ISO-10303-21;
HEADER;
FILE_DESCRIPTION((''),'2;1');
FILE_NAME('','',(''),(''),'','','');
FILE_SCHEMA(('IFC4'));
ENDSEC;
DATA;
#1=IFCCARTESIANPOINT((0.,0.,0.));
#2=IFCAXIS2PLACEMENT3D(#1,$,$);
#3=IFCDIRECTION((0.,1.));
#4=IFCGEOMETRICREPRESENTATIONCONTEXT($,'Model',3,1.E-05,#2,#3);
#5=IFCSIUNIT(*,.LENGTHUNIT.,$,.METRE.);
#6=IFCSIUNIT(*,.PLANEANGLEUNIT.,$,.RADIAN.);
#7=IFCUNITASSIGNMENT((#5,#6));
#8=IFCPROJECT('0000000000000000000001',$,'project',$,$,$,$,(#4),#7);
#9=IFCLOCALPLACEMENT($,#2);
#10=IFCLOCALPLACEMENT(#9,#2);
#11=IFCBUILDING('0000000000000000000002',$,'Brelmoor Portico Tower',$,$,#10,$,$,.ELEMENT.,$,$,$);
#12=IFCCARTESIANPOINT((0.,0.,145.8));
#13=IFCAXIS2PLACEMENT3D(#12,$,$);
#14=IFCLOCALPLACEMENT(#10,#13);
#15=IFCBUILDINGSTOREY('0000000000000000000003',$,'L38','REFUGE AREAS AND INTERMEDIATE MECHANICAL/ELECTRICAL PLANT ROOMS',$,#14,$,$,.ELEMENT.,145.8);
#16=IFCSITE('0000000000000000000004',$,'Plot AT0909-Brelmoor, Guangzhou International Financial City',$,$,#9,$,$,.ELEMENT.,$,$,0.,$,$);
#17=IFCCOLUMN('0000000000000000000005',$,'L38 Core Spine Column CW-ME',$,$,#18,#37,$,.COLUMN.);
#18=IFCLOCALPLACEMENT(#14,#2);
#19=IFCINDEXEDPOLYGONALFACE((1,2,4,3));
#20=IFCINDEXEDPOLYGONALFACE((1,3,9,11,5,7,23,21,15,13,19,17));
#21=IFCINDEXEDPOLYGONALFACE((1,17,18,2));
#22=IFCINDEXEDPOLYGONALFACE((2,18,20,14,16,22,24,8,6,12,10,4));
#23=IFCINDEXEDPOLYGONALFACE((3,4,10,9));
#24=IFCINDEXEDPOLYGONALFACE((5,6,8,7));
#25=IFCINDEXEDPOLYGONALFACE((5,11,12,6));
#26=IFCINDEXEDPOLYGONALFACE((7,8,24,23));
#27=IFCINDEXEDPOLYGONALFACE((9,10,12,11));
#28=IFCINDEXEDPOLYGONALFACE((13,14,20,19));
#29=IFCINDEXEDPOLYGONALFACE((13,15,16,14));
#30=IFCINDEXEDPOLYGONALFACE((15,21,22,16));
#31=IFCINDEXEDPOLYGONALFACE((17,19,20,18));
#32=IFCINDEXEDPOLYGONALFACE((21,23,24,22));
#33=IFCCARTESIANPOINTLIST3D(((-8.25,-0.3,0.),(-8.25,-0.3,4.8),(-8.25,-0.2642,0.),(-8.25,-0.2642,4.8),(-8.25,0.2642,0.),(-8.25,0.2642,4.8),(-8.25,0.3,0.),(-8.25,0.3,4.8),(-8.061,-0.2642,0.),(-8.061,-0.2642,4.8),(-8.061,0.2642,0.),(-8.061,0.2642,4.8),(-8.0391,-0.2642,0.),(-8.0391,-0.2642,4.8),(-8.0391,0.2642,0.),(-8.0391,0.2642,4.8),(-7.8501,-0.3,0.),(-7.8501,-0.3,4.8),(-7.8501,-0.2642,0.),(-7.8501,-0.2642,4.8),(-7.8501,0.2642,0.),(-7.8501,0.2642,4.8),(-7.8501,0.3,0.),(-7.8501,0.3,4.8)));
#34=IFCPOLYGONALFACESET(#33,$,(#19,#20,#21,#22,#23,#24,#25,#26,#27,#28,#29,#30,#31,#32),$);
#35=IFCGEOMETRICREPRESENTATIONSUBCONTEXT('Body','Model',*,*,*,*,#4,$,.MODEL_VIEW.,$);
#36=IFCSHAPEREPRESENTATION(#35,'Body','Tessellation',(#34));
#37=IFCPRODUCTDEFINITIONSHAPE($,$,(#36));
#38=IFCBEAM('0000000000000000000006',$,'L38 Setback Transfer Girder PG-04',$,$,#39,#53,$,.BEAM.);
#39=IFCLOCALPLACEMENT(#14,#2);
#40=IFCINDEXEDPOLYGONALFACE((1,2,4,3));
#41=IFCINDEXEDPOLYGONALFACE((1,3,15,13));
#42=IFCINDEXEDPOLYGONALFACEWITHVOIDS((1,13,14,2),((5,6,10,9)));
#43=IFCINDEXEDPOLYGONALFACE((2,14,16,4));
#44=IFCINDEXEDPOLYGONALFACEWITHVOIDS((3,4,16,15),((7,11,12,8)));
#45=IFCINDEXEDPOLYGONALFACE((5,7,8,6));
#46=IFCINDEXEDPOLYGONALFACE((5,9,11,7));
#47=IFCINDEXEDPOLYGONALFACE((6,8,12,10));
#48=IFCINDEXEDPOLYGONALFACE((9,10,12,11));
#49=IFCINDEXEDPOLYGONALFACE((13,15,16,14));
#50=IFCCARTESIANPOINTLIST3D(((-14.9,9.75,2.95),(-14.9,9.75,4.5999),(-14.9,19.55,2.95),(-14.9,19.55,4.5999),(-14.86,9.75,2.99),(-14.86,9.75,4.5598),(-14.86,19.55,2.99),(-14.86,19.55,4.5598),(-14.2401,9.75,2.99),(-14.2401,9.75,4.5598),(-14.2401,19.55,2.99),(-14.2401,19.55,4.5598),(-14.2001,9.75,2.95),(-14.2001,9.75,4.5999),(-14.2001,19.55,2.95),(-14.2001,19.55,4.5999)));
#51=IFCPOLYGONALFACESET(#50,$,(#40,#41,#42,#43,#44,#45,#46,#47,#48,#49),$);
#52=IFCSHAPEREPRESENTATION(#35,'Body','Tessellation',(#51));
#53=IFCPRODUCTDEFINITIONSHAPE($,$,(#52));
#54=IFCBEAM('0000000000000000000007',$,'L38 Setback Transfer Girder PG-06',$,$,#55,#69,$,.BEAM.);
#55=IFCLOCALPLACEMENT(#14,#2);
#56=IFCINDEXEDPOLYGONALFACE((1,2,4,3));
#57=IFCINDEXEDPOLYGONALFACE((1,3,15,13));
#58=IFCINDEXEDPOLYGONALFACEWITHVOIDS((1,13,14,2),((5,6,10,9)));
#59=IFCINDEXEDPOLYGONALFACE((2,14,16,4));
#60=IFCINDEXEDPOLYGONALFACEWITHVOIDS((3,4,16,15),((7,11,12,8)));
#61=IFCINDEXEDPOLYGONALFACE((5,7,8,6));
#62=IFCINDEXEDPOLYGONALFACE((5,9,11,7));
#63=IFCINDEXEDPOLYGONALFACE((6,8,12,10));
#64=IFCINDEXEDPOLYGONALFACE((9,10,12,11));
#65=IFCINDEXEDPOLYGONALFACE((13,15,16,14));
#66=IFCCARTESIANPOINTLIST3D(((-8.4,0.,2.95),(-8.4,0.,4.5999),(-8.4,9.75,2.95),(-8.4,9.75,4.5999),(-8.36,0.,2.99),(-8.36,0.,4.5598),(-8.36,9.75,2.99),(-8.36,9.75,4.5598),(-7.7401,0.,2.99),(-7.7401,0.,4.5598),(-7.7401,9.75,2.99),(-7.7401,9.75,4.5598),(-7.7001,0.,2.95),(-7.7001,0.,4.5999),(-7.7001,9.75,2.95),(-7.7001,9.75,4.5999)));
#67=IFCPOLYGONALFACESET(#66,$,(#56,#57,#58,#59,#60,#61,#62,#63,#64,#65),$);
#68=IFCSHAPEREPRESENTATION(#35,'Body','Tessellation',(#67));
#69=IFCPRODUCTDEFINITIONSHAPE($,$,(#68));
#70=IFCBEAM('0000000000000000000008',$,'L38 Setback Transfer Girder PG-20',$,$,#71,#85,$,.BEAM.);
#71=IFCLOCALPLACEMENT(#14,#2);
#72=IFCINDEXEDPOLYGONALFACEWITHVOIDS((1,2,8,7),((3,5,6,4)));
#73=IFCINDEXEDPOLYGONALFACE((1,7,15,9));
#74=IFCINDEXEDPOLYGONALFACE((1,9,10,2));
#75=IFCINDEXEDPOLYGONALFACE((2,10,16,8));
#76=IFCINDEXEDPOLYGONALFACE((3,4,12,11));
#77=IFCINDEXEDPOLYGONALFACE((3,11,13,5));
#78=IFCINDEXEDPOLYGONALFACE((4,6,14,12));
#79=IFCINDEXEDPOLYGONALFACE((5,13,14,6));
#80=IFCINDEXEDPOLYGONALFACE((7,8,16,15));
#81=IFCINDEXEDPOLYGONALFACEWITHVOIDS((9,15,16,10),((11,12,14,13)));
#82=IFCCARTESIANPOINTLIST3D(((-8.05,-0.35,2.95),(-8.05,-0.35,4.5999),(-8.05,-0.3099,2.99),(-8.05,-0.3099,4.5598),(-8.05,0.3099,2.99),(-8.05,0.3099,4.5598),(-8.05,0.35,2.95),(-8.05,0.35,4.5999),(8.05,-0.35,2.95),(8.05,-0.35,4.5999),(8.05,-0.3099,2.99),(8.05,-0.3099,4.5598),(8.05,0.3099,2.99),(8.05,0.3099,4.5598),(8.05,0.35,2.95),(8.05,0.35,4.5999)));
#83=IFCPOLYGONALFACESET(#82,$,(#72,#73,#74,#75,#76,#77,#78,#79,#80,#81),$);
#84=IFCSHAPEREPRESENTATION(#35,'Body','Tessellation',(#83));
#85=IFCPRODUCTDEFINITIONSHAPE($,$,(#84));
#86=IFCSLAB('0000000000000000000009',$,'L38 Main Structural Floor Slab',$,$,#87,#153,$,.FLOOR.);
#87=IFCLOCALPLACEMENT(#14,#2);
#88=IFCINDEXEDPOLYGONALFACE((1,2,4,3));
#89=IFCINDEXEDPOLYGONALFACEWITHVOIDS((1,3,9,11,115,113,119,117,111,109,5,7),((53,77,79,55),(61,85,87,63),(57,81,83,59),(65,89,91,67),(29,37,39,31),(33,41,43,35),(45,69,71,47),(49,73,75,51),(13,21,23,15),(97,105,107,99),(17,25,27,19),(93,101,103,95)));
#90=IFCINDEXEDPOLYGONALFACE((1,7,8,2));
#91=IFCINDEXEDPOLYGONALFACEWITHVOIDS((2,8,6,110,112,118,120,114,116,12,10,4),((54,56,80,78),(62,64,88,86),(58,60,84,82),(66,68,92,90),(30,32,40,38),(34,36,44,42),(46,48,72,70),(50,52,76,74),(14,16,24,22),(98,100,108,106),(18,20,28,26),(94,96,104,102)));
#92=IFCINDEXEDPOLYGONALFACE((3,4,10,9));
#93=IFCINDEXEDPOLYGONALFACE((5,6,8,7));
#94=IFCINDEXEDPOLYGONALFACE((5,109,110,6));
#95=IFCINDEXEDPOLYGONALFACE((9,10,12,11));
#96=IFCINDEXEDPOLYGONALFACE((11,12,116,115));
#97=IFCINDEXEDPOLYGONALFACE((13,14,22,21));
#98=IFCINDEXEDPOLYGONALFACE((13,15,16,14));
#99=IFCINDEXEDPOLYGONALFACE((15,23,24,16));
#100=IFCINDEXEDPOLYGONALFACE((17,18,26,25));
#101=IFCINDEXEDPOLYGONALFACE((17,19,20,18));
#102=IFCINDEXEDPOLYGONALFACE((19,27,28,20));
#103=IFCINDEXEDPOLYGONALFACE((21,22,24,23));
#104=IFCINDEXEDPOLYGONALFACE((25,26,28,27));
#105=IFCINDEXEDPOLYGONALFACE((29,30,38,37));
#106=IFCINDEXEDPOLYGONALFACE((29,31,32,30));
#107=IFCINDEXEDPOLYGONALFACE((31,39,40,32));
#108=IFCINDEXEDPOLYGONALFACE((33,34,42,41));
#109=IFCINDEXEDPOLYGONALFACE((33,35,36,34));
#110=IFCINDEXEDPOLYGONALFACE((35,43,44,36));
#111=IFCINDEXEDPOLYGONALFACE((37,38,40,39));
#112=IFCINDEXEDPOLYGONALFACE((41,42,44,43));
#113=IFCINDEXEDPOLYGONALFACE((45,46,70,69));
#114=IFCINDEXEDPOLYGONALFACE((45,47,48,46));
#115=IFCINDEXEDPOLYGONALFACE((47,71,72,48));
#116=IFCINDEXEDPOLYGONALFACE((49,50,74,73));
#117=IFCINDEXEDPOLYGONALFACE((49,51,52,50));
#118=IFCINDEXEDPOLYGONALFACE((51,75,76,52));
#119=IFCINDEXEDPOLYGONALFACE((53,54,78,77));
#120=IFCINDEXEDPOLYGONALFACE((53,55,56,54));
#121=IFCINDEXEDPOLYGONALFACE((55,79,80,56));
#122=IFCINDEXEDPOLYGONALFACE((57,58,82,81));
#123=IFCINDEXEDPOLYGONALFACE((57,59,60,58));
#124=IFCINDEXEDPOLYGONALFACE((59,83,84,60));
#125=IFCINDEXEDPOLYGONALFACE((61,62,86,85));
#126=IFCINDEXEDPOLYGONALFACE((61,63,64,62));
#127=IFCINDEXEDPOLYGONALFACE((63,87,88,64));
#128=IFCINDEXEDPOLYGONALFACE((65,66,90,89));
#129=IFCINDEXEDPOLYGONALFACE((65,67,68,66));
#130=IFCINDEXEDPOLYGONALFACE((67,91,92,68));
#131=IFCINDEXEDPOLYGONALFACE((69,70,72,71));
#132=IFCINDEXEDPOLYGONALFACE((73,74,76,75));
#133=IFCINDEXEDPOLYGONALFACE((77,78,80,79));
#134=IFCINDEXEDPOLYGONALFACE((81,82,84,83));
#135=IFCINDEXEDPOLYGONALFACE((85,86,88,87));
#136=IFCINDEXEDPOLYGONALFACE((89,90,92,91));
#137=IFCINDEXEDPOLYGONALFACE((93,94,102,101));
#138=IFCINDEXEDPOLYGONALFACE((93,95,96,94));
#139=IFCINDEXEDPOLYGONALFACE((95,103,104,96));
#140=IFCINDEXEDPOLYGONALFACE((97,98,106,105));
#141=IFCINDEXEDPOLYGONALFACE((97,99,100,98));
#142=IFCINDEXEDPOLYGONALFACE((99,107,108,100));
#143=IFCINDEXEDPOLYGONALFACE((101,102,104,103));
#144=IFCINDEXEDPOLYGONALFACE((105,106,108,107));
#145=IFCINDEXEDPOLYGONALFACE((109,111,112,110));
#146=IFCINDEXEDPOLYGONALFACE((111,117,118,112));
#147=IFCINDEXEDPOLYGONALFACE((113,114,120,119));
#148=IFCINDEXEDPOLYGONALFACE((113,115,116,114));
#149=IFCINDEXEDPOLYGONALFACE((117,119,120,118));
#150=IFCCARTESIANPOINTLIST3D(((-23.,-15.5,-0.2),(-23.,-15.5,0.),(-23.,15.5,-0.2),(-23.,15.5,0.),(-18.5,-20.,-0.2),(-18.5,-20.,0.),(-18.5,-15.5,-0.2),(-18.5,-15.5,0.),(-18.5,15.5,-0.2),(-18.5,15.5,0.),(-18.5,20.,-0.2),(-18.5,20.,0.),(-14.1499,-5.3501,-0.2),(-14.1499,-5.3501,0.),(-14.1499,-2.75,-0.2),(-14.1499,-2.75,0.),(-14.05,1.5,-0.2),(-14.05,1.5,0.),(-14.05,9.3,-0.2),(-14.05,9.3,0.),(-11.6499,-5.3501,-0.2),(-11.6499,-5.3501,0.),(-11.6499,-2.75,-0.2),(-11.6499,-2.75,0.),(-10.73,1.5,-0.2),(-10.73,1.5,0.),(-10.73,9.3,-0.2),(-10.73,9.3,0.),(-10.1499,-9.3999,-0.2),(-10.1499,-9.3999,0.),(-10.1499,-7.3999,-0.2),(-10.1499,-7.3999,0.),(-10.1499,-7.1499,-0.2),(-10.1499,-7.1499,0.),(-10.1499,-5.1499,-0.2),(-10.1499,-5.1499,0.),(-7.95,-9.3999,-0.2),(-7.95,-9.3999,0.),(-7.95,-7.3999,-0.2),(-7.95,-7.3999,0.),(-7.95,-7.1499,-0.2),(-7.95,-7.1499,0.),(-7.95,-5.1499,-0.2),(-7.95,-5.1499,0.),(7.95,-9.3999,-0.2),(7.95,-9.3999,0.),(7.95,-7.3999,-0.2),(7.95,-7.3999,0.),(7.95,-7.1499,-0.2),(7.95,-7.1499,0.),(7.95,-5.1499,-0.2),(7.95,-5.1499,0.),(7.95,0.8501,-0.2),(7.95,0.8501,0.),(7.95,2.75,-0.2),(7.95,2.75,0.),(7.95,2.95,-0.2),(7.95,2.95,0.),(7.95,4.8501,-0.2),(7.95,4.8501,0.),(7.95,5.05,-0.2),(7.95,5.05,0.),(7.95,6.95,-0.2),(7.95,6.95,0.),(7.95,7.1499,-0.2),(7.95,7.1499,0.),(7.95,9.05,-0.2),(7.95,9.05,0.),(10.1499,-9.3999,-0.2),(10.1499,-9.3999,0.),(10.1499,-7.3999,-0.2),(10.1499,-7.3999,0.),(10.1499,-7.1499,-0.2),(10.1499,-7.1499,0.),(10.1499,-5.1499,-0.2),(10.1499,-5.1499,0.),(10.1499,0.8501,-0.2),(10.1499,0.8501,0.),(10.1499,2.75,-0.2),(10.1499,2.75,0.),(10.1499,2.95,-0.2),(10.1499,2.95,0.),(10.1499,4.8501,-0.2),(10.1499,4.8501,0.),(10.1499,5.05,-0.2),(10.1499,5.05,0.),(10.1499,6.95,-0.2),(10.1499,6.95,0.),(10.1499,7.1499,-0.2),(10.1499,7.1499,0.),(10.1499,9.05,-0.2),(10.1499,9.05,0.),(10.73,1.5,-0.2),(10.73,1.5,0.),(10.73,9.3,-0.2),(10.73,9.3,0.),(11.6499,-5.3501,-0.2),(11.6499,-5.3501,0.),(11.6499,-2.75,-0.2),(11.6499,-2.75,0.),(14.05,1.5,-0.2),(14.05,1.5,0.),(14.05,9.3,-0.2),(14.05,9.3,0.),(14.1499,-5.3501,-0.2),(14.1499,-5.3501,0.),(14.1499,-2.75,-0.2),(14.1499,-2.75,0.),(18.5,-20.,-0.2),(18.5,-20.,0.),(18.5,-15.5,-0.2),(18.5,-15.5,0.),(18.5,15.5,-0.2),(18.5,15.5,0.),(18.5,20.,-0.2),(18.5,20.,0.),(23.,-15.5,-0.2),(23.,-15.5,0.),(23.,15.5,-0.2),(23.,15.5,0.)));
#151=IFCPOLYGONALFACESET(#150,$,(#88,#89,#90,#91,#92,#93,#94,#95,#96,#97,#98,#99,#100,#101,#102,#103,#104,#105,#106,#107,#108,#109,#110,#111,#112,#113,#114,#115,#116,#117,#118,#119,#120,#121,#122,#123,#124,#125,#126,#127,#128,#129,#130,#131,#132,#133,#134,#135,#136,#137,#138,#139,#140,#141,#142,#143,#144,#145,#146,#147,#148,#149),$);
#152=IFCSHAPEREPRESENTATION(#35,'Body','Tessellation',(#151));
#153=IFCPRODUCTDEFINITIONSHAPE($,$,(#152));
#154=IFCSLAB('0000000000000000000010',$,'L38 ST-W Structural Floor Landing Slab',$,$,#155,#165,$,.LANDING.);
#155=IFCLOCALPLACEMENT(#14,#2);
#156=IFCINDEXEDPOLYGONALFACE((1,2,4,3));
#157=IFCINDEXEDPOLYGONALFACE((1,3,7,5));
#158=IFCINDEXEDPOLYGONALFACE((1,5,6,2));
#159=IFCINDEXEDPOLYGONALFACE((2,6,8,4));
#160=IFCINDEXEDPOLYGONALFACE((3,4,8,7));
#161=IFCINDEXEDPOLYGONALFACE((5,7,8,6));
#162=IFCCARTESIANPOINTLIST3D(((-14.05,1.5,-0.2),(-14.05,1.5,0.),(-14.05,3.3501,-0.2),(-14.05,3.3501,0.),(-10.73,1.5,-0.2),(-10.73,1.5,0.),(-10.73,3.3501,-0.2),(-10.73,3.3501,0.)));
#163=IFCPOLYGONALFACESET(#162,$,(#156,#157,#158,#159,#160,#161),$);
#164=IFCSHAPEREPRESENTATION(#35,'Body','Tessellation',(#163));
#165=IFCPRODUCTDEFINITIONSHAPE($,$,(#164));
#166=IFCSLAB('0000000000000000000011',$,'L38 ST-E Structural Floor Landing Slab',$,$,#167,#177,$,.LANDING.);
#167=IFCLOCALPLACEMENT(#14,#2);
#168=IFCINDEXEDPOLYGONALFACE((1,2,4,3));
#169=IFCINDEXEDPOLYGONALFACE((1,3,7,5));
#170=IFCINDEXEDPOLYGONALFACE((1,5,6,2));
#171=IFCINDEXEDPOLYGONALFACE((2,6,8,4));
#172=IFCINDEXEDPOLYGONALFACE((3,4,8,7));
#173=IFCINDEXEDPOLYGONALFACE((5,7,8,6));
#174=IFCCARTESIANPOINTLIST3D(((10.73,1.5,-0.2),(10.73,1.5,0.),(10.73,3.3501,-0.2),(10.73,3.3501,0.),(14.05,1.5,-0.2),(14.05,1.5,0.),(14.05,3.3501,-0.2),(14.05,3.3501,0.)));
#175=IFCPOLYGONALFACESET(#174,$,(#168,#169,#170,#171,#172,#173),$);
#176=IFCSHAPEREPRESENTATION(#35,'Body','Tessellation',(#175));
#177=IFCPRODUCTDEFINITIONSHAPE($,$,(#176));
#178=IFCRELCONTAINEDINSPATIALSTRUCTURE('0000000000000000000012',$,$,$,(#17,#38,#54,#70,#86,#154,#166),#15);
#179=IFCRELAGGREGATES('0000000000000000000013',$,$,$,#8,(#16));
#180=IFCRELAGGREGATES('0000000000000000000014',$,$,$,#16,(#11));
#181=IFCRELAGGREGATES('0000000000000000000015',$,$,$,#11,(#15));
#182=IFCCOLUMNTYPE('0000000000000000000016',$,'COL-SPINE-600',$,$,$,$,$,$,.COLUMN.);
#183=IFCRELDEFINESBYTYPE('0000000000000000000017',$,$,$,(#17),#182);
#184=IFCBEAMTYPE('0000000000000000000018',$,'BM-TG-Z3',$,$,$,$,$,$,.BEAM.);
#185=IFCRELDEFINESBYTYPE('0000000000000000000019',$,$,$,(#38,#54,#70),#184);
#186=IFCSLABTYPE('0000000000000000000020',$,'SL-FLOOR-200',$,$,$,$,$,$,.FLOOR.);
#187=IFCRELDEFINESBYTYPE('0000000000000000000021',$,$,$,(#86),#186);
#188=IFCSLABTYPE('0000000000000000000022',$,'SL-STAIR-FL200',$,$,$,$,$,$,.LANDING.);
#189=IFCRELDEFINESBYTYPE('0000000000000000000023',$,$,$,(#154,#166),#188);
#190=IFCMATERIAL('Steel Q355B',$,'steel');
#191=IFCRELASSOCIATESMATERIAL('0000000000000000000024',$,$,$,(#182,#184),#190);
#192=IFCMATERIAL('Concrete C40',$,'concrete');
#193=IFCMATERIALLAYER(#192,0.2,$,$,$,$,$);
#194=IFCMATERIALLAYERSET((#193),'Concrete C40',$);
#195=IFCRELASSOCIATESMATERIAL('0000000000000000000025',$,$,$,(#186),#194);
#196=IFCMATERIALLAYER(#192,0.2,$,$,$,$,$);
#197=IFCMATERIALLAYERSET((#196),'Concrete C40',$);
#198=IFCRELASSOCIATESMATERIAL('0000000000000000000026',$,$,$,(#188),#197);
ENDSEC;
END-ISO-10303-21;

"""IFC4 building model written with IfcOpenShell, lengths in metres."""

from ifc_helpers import new_model, si_unit, direction, frame, origin, origin_2d, place, context, subcontext, project, spatial, polyline, hollow_rectangle, i_section, outline, extrude, material, layer, layer_set, material_profile, profile_set, type_object, element, save


model = new_model("IFC4")

# Units and contexts
model_context = context("Model", 3, precision=1e-05, world=origin(), true_north=direction((0.0, 1.0)))
body_context = subcontext(model_context, "Body", "Model", "MODEL_VIEW")
ifc_project = project(units=[si_unit("LENGTHUNIT", "METRE"), si_unit("PLANEANGLEUNIT", "RADIAN")], contexts=[model_context])

# Site, building, storey
site_placement = place(None, origin())
site = spatial("IfcSite", under=ifc_project, at=site_placement, Name="Plot AT0909-Brelmoor, Guangzhou International Financial City", CompositionType="ELEMENT", RefElevation=0.0)
building_placement = place(site_placement, origin())
building = spatial("IfcBuilding", under=site, at=building_placement, Name="Brelmoor Portico Tower", CompositionType="ELEMENT")
storey_placement = place(building_placement, frame((0.0, 0.0, 145.8)))
storey = spatial("IfcBuildingStorey", under=building, at=storey_placement, Name="L38", Description="REFUGE AREAS AND INTERMEDIATE MECHANICAL/ELECTRICAL PLANT ROOMS", CompositionType="ELEMENT", Elevation=145.8)

# Column
ifc_material_1 = material(Name="Steel Q355B", Category="steel")
ifc_material_profile_1 = material_profile(ifc_material_1, i_section(OverallWidth=0.3999, OverallDepth=0.6001, WebThickness=0.022, FlangeThickness=0.0359, at=origin_2d()), Name="HW 600x400x22x36")
ifc_profile_set_1 = profile_set([ifc_material_profile_1], Name="Steel Q355B")
column_type = type_object("IfcColumnType", Name="COL-SPINE-600", PredefinedType="COLUMN", material=ifc_profile_set_1)
column_placement = place(storey_placement, frame((-8.05, 0.0, 0.0), z_axis=(0.0, 0.0, 1.0), x_axis=(1.0, 0.0, 0.0)))
element("IfcColumn", 1, at=column_placement, inside=storey, type_object=column_type, Name="L38 Core Spine Column CW-ME", PredefinedType="COLUMN", context=body_context, shape_type="SweptSolid", body=[
    extrude(i_section(OverallWidth=0.3999, OverallDepth=0.6001, WebThickness=0.022, FlangeThickness=0.0359, at=origin_2d()), origin(), (0.0, 0.0, 1.0), 4.8),
])

# Beams
ifc_material_profile_2 = material_profile(ifc_material_1, hollow_rectangle(XDim=0.7, YDim=1.6499, WallThickness=0.04, at=origin_2d()), Name="BOX 700x1650x40")
ifc_profile_set_2 = profile_set([ifc_material_profile_2], Name="Steel Q355B")
beam_type = type_object("IfcBeamType", Name="BM-TG-Z3", PredefinedType="BEAM", material=ifc_profile_set_2)
beam_1_placement = place(storey_placement, frame((-14.55, 9.75, 3.7749), z_axis=(0.0, 1.0, 0.0), x_axis=(-1.0, 0.0, 0.0)))
element("IfcBeam", 2, at=beam_1_placement, inside=storey, type_object=beam_type, Name="L38 Setback Transfer Girder PG-04", PredefinedType="BEAM", context=body_context, shape_type="SweptSolid", body=[
    extrude(hollow_rectangle(XDim=0.7, YDim=1.6499, WallThickness=0.04, at=origin_2d()), origin(), (0.0, 0.0, 1.0), 9.8),
])
beam_2_placement = place(storey_placement, frame((-8.05, 0.0, 3.7749), z_axis=(0.0, 1.0, 0.0), x_axis=(-1.0, 0.0, 0.0)))
element("IfcBeam", 3, at=beam_2_placement, inside=storey, type_object=beam_type, Name="L38 Setback Transfer Girder PG-06", PredefinedType="BEAM", context=body_context, shape_type="SweptSolid", body=[
    extrude(hollow_rectangle(XDim=0.7, YDim=1.6499, WallThickness=0.04, at=origin_2d()), origin(), (0.0, 0.0, 1.0), 9.75),
])
beam_3_placement = place(storey_placement, frame((-8.05, 0.0, 3.7749), z_axis=(1.0, 0.0, 0.0), x_axis=(0.0, 1.0, 0.0)))
element("IfcBeam", 4, at=beam_3_placement, inside=storey, type_object=beam_type, Name="L38 Setback Transfer Girder PG-20", PredefinedType="BEAM", context=body_context, shape_type="SweptSolid", body=[
    extrude(hollow_rectangle(XDim=0.7, YDim=1.6499, WallThickness=0.04, at=origin_2d()), origin(), (0.0, 0.0, 1.0), 16.1001),
])

# Slabs
ifc_material_2 = material(Name="Concrete C40", Category="concrete")
ifc_layer_1 = layer(ifc_material_2, 0.2)
ifc_layer_set_1 = layer_set([ifc_layer_1], Name="Concrete C40")
slab_type_1 = type_object("IfcSlabType", Name="SL-FLOOR-200", PredefinedType="FLOOR", material=ifc_layer_set_1)
slab_1_placement = place(storey_placement, frame((0.0, 0.0, -0.2)))
element("IfcSlab", 5, at=slab_1_placement, inside=storey, type_object=slab_type_1, Name="L38 Main Structural Floor Slab", PredefinedType="FLOOR", context=body_context, shape_type="SweptSolid", body=[
    extrude(outline(polyline([(-18.5, -20.0), (18.5, -20.0), (18.5, -15.5), (23.0, -15.5), (23.0, 15.5), (18.5, 15.5), (18.5, 20.0), (-18.5, 20.0), (-18.5, 15.5), (-23.0, 15.5), (-23.0, -15.5), (-18.5, -15.5), (-18.5, -20.0)]), holes=[polyline([(-10.73, 1.5), (-10.73, 9.3), (-14.05, 9.3), (-14.05, 1.5), (-10.73, 1.5)]), polyline([(14.05, 1.5), (14.05, 9.3), (10.73, 9.3), (10.73, 1.5), (14.05, 1.5)]), polyline([(7.95, 0.8501), (10.1499, 0.8501), (10.1499, 2.75), (7.95, 2.75), (7.95, 0.8501)]), polyline([(7.95, 2.95), (10.1499, 2.95), (10.1499, 4.8501), (7.95, 4.8501), (7.95, 2.95)]), polyline([(7.95, 5.05), (10.1499, 5.05), (10.1499, 6.95), (7.95, 6.95), (7.95, 5.05)]), polyline([(7.95, 7.1499), (10.1499, 7.1499), (10.1499, 9.05), (7.95, 9.05), (7.95, 7.1499)]), polyline([(-10.1499, -9.3999), (-7.95, -9.3999), (-7.95, -7.3999), (-10.1499, -7.3999), (-10.1499, -9.3999)]), polyline([(-10.1499, -7.1499), (-7.95, -7.1499), (-7.95, -5.1499), (-10.1499, -5.1499), (-10.1499, -7.1499)]), polyline([(7.95, -9.3999), (10.1499, -9.3999), (10.1499, -7.3999), (7.95, -7.3999), (7.95, -9.3999)]), polyline([(7.95, -7.1499), (10.1499, -7.1499), (10.1499, -5.1499), (7.95, -5.1499), (7.95, -7.1499)]), polyline([(-14.1499, -5.3501), (-11.6499, -5.3501), (-11.6499, -2.75), (-14.1499, -2.75), (-14.1499, -5.3501)]), polyline([(11.6499, -5.3501), (14.1499, -5.3501), (14.1499, -2.75), (11.6499, -2.75), (11.6499, -5.3501)])]), origin(), (0.0, 0.0, 1.0), 0.2),
])
ifc_layer_2 = layer(ifc_material_2, 0.2)
ifc_layer_set_2 = layer_set([ifc_layer_2], Name="Concrete C40")
slab_type_2 = type_object("IfcSlabType", Name="SL-STAIR-FL200", PredefinedType="LANDING", material=ifc_layer_set_2)
slab_2_placement = place(storey_placement, frame((0.0, 0.0, -0.2)))
element("IfcSlab", 6, at=slab_2_placement, inside=storey, type_object=slab_type_2, Name="L38 ST-W Structural Floor Landing Slab", PredefinedType="LANDING", context=body_context, shape_type="SweptSolid", body=[
    extrude(outline(polyline([(-10.73, 1.5), (-10.73, 3.3501), (-14.05, 3.3501), (-14.05, 1.5), (-10.73, 1.5)])), origin(), (0.0, 0.0, 1.0), 0.2),
])
slab_3_placement = place(storey_placement, frame((0.0, 0.0, -0.2)))
element("IfcSlab", 7, at=slab_3_placement, inside=storey, type_object=slab_type_2, Name="L38 ST-E Structural Floor Landing Slab", PredefinedType="LANDING", context=body_context, shape_type="SweptSolid", body=[
    extrude(outline(polyline([(14.05, 1.5), (14.05, 3.3501), (10.73, 3.3501), (10.73, 1.5), (14.05, 1.5)])), origin(), (0.0, 0.0, 1.0), 0.2),
])

save(model, "model.ifc")
